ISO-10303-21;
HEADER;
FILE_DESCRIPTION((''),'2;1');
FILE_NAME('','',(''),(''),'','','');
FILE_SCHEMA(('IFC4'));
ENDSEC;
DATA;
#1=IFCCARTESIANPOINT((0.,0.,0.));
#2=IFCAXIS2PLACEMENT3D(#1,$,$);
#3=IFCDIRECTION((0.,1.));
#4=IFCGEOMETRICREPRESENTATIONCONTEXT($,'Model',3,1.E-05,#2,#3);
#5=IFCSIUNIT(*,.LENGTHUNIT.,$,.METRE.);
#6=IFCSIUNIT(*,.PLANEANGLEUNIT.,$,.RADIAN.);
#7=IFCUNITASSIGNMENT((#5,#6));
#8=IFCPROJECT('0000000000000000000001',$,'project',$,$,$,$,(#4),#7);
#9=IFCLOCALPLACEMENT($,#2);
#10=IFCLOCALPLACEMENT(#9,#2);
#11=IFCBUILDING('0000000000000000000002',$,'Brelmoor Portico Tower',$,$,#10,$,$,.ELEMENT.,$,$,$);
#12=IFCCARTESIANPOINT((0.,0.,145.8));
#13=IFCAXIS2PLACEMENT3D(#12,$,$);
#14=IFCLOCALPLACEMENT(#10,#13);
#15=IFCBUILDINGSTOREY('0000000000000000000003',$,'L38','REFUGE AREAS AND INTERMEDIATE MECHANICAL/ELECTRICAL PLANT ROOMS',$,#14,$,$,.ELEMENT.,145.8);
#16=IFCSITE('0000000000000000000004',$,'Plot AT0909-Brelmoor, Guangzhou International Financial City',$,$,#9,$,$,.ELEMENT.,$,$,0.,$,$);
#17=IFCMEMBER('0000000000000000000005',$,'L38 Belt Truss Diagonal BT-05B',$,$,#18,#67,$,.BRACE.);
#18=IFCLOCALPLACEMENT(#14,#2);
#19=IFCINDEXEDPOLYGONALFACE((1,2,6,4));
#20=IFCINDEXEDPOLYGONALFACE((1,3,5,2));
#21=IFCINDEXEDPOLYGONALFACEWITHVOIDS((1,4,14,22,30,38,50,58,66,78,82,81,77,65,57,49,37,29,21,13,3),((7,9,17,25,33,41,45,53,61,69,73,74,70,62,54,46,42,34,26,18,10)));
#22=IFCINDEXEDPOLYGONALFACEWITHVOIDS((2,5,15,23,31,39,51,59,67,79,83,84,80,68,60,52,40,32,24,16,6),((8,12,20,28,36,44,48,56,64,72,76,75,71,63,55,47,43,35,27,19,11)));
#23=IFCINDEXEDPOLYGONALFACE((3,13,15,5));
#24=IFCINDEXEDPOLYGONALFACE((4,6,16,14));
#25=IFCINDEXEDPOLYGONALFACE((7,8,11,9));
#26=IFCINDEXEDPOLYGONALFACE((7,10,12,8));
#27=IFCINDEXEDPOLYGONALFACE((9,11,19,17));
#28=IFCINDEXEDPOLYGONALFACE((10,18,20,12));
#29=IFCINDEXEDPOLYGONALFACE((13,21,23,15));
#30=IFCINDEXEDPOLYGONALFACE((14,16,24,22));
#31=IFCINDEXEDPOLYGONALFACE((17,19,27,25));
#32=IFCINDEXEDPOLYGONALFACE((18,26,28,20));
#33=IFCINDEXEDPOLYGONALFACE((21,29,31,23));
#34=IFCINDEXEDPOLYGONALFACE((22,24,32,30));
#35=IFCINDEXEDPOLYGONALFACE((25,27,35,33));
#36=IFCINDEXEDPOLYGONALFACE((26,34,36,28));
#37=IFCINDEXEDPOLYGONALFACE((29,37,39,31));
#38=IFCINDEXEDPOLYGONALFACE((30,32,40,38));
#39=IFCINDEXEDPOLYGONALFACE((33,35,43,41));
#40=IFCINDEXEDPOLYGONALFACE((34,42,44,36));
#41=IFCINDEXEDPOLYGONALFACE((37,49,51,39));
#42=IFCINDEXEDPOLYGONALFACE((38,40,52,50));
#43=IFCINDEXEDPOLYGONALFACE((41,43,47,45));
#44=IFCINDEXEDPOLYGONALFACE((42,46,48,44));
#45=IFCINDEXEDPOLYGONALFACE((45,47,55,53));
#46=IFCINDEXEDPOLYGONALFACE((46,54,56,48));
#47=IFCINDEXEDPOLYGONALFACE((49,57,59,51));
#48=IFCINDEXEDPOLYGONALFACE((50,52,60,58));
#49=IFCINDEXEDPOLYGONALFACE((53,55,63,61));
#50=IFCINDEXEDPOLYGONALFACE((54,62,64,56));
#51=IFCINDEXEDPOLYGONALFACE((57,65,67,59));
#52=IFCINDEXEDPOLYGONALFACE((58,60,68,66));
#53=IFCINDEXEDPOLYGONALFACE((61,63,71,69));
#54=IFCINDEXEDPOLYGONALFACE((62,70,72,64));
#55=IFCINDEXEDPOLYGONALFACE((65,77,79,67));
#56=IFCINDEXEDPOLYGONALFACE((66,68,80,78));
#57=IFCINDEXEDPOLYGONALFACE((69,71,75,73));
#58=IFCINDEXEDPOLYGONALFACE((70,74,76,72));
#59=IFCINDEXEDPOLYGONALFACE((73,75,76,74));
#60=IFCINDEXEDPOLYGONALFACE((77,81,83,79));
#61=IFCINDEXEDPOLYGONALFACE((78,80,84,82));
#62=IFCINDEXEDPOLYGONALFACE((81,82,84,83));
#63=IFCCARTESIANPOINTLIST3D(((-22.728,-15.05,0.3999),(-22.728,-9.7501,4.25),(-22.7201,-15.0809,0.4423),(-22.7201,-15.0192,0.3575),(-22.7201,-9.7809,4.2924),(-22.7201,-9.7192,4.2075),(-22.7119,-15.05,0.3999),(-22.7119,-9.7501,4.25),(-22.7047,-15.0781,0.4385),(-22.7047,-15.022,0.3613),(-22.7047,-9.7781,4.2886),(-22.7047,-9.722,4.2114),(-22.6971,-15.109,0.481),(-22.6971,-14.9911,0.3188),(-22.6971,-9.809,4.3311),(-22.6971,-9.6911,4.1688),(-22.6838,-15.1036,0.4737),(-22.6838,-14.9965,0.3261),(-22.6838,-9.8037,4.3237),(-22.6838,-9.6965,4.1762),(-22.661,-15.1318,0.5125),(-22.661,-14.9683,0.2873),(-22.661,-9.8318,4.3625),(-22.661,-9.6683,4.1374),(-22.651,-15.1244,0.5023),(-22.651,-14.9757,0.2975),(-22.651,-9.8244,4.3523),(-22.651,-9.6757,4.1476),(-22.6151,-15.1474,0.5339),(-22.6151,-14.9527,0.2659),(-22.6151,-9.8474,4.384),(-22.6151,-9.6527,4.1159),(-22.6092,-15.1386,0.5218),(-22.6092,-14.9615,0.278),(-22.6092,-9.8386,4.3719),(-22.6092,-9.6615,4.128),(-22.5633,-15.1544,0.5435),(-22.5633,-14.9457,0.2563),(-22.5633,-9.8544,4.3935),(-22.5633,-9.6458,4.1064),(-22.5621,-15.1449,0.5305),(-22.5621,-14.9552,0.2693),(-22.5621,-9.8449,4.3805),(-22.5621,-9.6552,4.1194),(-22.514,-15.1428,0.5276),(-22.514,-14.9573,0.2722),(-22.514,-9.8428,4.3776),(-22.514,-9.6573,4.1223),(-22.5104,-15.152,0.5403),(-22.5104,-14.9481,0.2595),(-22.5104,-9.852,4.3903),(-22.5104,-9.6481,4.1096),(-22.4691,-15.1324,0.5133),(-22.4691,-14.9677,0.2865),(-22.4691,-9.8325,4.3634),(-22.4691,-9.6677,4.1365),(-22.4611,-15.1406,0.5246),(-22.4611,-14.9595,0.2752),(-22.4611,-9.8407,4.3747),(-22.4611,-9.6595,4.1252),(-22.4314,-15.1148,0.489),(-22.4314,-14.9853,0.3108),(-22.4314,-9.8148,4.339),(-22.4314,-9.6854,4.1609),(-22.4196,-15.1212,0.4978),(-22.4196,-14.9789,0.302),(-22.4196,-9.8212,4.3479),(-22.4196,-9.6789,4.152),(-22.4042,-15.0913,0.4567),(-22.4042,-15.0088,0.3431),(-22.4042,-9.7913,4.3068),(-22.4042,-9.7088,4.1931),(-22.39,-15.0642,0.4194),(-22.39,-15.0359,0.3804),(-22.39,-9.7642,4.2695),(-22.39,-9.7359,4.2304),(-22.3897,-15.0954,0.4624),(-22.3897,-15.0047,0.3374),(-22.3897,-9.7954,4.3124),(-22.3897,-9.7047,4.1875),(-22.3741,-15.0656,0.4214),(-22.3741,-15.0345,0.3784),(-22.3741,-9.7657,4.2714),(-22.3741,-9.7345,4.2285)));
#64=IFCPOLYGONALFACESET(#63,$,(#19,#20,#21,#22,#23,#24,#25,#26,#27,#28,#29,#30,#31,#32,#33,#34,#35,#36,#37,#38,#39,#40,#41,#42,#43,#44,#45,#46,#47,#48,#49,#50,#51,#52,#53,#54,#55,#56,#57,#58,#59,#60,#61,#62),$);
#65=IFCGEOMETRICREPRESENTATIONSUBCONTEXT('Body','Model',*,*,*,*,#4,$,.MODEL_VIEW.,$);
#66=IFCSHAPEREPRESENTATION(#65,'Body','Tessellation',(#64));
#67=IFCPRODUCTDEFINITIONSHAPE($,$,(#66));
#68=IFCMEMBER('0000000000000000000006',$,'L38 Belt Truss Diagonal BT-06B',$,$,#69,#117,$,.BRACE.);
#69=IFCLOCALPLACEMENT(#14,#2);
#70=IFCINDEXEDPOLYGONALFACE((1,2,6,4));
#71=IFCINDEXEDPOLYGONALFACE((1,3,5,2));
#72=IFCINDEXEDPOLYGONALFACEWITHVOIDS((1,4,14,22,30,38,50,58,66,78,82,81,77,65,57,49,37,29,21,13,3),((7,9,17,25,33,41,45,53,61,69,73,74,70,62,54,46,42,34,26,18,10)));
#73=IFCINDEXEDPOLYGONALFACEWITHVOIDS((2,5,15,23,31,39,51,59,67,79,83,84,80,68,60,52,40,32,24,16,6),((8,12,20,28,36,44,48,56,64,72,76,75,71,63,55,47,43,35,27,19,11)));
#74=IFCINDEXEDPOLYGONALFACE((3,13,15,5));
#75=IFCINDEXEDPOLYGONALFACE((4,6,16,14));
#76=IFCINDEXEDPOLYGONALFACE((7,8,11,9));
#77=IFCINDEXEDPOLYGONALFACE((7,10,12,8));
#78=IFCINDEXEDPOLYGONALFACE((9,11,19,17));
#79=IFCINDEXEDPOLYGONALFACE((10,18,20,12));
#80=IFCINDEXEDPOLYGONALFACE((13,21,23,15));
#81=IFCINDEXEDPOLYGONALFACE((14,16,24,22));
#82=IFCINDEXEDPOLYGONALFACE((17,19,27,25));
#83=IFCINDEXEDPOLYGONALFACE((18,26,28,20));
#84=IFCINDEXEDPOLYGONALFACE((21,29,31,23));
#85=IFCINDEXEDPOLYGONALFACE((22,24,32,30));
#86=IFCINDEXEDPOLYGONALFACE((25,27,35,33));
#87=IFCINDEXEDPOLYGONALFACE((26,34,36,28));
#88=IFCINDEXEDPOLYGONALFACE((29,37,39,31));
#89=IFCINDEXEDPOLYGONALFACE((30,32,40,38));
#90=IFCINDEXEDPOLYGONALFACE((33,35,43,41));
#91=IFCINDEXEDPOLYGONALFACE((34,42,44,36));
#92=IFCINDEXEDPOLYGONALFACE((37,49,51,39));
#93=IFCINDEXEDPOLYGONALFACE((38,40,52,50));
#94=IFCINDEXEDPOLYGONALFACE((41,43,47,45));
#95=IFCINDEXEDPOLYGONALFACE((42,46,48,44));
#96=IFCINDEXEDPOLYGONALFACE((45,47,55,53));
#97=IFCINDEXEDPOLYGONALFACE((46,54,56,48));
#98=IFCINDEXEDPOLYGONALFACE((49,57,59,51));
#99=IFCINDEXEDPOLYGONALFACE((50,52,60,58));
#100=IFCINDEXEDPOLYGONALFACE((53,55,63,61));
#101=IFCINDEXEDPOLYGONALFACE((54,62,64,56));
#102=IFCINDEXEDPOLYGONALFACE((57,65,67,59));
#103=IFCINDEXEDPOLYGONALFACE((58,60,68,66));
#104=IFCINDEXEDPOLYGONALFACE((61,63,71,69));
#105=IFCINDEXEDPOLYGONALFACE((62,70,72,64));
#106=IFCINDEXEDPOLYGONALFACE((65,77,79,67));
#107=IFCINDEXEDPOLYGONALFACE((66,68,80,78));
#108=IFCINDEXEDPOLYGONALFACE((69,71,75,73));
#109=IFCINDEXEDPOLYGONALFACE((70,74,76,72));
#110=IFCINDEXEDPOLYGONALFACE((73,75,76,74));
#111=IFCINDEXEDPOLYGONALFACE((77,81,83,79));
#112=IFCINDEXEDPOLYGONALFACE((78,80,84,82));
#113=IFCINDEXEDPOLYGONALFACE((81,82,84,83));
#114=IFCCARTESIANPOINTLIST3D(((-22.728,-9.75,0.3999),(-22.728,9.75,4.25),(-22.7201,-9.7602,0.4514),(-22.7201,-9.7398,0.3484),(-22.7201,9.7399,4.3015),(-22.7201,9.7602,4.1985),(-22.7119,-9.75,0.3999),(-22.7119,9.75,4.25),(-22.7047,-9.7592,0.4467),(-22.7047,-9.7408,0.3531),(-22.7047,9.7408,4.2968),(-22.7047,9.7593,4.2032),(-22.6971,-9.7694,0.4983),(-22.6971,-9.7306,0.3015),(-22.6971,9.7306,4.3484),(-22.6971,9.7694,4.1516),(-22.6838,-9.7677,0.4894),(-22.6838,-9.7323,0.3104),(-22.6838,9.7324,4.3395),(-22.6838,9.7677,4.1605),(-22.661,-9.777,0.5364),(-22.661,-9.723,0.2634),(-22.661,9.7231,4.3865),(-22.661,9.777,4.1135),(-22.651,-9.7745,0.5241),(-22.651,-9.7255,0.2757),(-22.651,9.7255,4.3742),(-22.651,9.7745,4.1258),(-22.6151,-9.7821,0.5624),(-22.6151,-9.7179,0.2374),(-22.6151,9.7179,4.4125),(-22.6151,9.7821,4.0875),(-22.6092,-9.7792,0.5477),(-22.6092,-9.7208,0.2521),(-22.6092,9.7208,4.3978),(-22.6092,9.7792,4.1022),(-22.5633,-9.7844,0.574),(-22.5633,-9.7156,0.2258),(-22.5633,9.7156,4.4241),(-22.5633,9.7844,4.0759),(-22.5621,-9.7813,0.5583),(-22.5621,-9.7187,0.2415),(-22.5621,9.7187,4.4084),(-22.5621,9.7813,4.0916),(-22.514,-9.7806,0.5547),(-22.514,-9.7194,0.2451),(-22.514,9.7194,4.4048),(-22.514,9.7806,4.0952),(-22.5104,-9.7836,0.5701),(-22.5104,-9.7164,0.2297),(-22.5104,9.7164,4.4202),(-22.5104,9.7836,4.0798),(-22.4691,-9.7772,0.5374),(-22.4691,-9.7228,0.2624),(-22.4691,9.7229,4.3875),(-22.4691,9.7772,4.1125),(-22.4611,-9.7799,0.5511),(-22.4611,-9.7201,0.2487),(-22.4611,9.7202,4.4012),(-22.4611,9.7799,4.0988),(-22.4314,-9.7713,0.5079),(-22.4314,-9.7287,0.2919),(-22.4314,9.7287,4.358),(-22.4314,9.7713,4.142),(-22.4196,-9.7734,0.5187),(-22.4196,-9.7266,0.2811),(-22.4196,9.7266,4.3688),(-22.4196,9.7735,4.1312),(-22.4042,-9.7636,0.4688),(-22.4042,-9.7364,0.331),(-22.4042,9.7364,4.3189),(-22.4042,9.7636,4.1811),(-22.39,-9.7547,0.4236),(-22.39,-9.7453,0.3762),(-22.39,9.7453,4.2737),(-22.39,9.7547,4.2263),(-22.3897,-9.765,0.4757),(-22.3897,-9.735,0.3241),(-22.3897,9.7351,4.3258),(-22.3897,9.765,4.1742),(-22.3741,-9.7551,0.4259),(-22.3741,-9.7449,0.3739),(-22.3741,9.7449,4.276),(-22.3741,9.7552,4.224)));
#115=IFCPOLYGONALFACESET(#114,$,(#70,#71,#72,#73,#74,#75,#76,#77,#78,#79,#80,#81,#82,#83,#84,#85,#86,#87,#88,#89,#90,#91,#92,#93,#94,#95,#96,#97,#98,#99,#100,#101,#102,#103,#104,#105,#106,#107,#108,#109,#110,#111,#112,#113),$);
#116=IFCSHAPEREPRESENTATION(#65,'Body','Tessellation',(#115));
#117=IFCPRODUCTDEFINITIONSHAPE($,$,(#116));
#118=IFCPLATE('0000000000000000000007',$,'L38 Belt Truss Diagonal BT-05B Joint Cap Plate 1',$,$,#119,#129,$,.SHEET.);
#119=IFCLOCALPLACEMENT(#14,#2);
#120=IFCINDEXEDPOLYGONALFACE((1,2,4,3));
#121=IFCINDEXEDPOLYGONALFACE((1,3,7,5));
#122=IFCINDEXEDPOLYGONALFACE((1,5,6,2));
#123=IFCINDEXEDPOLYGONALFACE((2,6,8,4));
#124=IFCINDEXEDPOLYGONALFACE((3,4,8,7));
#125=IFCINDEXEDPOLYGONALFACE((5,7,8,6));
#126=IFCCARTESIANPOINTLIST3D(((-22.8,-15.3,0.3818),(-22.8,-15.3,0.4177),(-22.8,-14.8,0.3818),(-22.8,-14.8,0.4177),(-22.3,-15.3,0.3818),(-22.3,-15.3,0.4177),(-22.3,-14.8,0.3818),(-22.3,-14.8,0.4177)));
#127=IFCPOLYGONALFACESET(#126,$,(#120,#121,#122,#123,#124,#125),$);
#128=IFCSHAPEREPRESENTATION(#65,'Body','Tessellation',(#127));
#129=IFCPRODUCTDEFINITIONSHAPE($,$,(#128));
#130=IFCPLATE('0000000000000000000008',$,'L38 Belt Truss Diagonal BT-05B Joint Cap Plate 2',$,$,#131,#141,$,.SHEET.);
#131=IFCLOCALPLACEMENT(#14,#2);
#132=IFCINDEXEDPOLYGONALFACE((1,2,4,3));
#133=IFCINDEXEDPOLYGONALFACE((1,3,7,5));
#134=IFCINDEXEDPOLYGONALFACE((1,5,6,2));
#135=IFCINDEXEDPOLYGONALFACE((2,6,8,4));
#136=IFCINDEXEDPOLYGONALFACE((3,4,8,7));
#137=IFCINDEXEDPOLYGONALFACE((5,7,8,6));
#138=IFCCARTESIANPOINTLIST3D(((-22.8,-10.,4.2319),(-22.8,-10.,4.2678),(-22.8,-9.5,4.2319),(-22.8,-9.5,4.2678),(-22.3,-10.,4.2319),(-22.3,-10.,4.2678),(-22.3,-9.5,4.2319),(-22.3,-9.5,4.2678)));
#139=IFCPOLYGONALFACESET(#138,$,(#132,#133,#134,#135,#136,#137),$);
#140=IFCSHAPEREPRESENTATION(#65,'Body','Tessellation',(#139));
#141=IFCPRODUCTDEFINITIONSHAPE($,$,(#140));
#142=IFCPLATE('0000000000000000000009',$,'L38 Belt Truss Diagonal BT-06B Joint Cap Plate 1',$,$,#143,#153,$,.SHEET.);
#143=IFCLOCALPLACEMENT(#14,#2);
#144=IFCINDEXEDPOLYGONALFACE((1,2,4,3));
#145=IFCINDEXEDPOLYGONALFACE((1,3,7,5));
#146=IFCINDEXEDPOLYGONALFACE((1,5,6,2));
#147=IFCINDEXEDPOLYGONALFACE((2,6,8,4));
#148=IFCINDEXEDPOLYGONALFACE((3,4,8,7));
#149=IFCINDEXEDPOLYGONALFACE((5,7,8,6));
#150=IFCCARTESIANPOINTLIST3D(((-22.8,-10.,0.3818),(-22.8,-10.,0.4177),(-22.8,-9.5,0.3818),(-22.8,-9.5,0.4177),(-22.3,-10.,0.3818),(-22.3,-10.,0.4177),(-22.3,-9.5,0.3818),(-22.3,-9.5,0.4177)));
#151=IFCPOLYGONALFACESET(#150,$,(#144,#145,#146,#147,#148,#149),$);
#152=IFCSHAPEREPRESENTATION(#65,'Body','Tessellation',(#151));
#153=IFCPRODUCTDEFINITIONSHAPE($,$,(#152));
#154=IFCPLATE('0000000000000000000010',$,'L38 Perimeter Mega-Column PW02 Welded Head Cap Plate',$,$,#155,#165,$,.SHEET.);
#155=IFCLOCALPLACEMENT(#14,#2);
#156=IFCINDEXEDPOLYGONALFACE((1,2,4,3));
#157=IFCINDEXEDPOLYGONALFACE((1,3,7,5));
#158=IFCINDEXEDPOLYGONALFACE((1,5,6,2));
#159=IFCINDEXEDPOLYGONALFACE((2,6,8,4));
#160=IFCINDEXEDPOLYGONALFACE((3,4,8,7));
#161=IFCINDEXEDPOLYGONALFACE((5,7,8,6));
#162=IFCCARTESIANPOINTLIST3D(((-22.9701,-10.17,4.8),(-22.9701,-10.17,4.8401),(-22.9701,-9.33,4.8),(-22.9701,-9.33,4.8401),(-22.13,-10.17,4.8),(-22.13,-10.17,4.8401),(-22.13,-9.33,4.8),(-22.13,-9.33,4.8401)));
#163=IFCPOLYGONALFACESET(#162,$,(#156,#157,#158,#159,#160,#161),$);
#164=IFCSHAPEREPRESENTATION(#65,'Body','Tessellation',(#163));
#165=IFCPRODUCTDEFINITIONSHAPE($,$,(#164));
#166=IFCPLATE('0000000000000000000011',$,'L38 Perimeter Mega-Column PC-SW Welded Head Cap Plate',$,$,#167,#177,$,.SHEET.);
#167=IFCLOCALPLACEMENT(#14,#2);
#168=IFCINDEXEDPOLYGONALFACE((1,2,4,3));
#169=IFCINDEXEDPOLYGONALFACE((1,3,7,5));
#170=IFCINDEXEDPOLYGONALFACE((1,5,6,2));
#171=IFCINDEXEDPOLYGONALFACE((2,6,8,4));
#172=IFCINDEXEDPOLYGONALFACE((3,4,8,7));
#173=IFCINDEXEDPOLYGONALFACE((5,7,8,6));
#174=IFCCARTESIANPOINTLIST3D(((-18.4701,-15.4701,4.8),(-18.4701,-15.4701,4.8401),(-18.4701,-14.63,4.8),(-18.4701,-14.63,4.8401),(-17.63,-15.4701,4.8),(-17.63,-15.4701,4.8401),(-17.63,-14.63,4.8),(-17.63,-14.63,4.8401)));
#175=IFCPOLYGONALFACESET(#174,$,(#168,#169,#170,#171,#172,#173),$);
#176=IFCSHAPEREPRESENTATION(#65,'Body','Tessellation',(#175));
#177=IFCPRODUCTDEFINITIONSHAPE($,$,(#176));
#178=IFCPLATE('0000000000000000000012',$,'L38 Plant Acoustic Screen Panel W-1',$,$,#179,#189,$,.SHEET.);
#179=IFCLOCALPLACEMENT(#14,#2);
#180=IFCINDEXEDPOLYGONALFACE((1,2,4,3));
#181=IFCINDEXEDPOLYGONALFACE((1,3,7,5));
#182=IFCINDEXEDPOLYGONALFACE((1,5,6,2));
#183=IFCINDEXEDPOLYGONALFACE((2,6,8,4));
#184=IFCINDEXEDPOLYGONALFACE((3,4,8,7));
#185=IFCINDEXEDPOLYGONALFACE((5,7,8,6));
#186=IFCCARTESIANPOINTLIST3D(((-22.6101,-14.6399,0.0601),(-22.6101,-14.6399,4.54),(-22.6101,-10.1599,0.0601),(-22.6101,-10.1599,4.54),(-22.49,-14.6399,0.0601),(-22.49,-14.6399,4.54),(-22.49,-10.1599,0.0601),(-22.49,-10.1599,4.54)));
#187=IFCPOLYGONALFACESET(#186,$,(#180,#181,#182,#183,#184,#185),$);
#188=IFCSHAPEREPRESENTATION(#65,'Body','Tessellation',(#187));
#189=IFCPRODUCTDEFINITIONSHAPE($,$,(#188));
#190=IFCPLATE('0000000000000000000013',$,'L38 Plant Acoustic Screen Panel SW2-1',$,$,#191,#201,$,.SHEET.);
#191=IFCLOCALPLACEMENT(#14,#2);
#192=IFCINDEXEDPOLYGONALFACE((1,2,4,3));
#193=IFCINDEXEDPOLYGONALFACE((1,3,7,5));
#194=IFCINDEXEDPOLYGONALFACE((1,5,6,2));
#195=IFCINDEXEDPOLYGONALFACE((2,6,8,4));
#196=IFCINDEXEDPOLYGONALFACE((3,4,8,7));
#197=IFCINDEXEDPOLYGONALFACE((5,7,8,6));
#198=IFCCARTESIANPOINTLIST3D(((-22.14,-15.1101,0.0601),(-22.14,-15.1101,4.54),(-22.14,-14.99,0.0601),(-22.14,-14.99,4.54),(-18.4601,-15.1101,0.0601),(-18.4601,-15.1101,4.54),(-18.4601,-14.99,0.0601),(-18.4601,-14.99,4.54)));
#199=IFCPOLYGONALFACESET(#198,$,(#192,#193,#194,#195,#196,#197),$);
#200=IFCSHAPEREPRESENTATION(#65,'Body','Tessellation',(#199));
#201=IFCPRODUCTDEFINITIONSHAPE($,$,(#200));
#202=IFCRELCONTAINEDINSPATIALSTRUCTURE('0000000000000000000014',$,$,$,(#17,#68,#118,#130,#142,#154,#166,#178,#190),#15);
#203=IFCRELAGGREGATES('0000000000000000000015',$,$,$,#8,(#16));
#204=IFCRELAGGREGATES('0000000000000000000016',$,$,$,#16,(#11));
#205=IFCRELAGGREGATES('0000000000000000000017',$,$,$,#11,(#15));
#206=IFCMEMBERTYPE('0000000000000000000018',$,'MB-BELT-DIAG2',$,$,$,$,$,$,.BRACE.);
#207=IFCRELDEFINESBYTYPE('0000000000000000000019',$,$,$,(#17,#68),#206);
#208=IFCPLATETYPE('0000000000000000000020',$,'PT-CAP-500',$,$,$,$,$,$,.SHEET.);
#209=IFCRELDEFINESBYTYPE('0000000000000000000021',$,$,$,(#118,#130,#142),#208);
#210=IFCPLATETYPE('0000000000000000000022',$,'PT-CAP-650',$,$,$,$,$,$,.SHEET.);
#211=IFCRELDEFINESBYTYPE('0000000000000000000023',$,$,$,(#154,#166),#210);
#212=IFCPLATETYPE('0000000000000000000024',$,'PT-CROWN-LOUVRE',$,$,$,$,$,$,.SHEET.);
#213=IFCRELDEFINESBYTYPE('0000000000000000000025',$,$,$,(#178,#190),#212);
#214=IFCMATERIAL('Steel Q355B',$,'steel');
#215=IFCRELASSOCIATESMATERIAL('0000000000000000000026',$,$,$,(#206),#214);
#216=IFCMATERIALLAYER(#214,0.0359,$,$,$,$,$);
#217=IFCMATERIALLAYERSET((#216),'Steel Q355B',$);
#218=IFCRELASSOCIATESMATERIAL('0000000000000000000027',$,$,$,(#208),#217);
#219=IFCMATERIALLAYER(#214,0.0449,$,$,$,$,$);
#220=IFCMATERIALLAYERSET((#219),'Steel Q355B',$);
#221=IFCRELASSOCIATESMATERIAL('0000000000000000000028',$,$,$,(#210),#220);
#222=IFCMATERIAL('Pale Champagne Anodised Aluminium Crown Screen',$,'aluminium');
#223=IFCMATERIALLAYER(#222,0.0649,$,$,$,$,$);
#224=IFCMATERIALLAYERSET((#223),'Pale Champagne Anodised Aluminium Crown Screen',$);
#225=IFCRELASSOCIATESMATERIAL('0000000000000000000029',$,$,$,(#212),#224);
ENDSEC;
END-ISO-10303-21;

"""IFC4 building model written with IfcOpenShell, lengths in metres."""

from ifc_helpers import new_model, si_unit, direction, frame, origin, origin_2d, place, context, subcontext, project, spatial, rectangle, hollow_circle, extrude, material, layer, layer_set, material_profile, profile_set, type_object, element, save


model = new_model("IFC4")

# Units and contexts
model_context = context("Model", 3, precision=1e-05, world=origin(), true_north=direction((0.0, 1.0)))
body_context = subcontext(model_context, "Body", "Model", "MODEL_VIEW")
ifc_project = project(units=[si_unit("LENGTHUNIT", "METRE"), si_unit("PLANEANGLEUNIT", "RADIAN")], contexts=[model_context])

# Site, building, storey
site_placement = place(None, origin())
site = spatial("IfcSite", under=ifc_project, at=site_placement, Name="Plot AT0909-Brelmoor, Guangzhou International Financial City", CompositionType="ELEMENT", RefElevation=0.0)
building_placement = place(site_placement, origin())
building = spatial("IfcBuilding", under=site, at=building_placement, Name="Brelmoor Portico Tower", CompositionType="ELEMENT")
storey_placement = place(building_placement, frame((0.0, 0.0, 145.8)))
storey = spatial("IfcBuildingStorey", under=building, at=storey_placement, Name="L38", Description="REFUGE AREAS AND INTERMEDIATE MECHANICAL/ELECTRICAL PLANT ROOMS", CompositionType="ELEMENT", Elevation=145.8)

# Shared definitions
ifc_material_1 = material(Name="Steel Q355B", Category="steel")

# Members
ifc_material_profile_1 = material_profile(ifc_material_1, hollow_circle(Radius=0.178, WallThickness=0.0161, at=origin_2d()), Name="CHS 356x16")
ifc_profile_set_1 = profile_set([ifc_material_profile_1], Name="Steel Q355B")
member_type = type_object("IfcMemberType", Name="MB-BELT-DIAG2", PredefinedType="BRACE", material=ifc_profile_set_1)
member_1_placement = place(storey_placement, frame((-22.55, -15.05, 0.3999), z_axis=(0.0, 0.809062, 0.587724), x_axis=(-1.0, 0.0, 0.0)))
element("IfcMember", 1, at=member_1_placement, inside=storey, type_object=member_type, Name="L38 Belt Truss Diagonal BT-05B", PredefinedType="BRACE", context=body_context, shape_type="SweptSolid", body=[
    extrude(hollow_circle(Radius=0.178, WallThickness=0.0161, at=origin_2d()), origin(), (0.0, 0.0, 1.0), 6.5508),
])
member_2_placement = place(storey_placement, frame((-22.55, -9.75, 0.3999), z_axis=(0.0, 0.981061, 0.193701), x_axis=(-1.0, 0.0, 0.0)))
element("IfcMember", 2, at=member_2_placement, inside=storey, type_object=member_type, Name="L38 Belt Truss Diagonal BT-06B", PredefinedType="BRACE", context=body_context, shape_type="SweptSolid", body=[
    extrude(hollow_circle(Radius=0.178, WallThickness=0.0161, at=origin_2d()), origin(), (0.0, 0.0, 1.0), 19.8765),
])

# Plates
ifc_layer_1 = layer(ifc_material_1, 0.0359)
ifc_layer_set_1 = layer_set([ifc_layer_1], Name="Steel Q355B")
plate_type_1 = type_object("IfcPlateType", Name="PT-CAP-500", PredefinedType="SHEET", material=ifc_layer_set_1)
for number, where, z_axis, x_axis, name in (
    (3, (-22.55, -15.05, 0.3818), (0.0, 0.0, 1.0), (1.0, 0.0, 0.0), "L38 Belt Truss Diagonal BT-05B Joint Cap Plate 1"),
    (4, (-22.55, -9.75, 4.2319), (0.0, 0.0, 1.0), (1.0, 0.0, 0.0), "L38 Belt Truss Diagonal BT-05B Joint Cap Plate 2"),
    (5, (-22.55, -9.75, 0.3818), (0.0, 0.0, 1.0), (1.0, 0.0, 0.0), "L38 Belt Truss Diagonal BT-06B Joint Cap Plate 1"),
):
    element("IfcPlate", number, at=place(storey_placement, frame(where, z_axis=z_axis, x_axis=x_axis)), inside=storey, type_object=plate_type_1, Name=name, PredefinedType="SHEET", context=body_context, shape_type="SweptSolid", body=[
        extrude(rectangle(XDim=0.5, YDim=0.5, at=origin_2d()), origin(), (0.0, 0.0, 1.0), 0.0359),
    ])
ifc_layer_2 = layer(ifc_material_1, 0.0449)
ifc_layer_set_2 = layer_set([ifc_layer_2], Name="Steel Q355B")
plate_type_2 = type_object("IfcPlateType", Name="PT-CAP-650", PredefinedType="SHEET", material=ifc_layer_set_2)
for number, where, z_axis, x_axis, name in (
    (6, (-22.55, -9.75, 4.8), (0.0, 0.0, 1.0), (0.0, 1.0, 0.0), "L38 Perimeter Mega-Column PW02 Welded Head Cap Plate"),
    (7, (-18.05, -15.05, 4.8), (0.0, 0.0, 1.0), (1.0, 0.0, 0.0), "L38 Perimeter Mega-Column PC-SW Welded Head Cap Plate"),
):
    element("IfcPlate", number, at=place(storey_placement, frame(where, z_axis=z_axis, x_axis=x_axis)), inside=storey, type_object=plate_type_2, Name=name, PredefinedType="SHEET", context=body_context, shape_type="SweptSolid", body=[
        extrude(rectangle(XDim=0.8401, YDim=0.8401, at=origin_2d()), origin(), (0.0, 0.0, 1.0), 0.04),
    ])
ifc_material_2 = material(Name="Pale Champagne Anodised Aluminium Crown Screen", Category="aluminium")
ifc_layer_3 = layer(ifc_material_2, 0.0649)
ifc_layer_set_3 = layer_set([ifc_layer_3], Name="Pale Champagne Anodised Aluminium Crown Screen")
plate_type_3 = type_object("IfcPlateType", Name="PT-CROWN-LOUVRE", PredefinedType="SHEET", material=ifc_layer_set_3)
plate_1_placement = place(storey_placement, frame((-22.55, -12.3999, 0.0601), z_axis=(0.0, 0.0, 1.0), x_axis=(0.0, 1.0, 0.0)))
element("IfcPlate", 8, at=plate_1_placement, inside=storey, type_object=plate_type_3, Name="L38 Plant Acoustic Screen Panel W-1", PredefinedType="SHEET", context=body_context, shape_type="SweptSolid", body=[
    extrude(rectangle(XDim=4.48, YDim=0.1201, at=origin_2d()), origin(), (0.0, 0.0, 1.0), 4.48),
])
plate_2_placement = place(storey_placement, frame((-20.3, -15.05, 0.0601), z_axis=(0.0, 0.0, 1.0), x_axis=(1.0, 0.0, 0.0)))
element("IfcPlate", 9, at=plate_2_placement, inside=storey, type_object=plate_type_3, Name="L38 Plant Acoustic Screen Panel SW2-1", PredefinedType="SHEET", context=body_context, shape_type="SweptSolid", body=[
    extrude(rectangle(XDim=3.6799, YDim=0.1201, at=origin_2d()), origin(), (0.0, 0.0, 1.0), 4.48),
])

save(model, "model.ifc")
